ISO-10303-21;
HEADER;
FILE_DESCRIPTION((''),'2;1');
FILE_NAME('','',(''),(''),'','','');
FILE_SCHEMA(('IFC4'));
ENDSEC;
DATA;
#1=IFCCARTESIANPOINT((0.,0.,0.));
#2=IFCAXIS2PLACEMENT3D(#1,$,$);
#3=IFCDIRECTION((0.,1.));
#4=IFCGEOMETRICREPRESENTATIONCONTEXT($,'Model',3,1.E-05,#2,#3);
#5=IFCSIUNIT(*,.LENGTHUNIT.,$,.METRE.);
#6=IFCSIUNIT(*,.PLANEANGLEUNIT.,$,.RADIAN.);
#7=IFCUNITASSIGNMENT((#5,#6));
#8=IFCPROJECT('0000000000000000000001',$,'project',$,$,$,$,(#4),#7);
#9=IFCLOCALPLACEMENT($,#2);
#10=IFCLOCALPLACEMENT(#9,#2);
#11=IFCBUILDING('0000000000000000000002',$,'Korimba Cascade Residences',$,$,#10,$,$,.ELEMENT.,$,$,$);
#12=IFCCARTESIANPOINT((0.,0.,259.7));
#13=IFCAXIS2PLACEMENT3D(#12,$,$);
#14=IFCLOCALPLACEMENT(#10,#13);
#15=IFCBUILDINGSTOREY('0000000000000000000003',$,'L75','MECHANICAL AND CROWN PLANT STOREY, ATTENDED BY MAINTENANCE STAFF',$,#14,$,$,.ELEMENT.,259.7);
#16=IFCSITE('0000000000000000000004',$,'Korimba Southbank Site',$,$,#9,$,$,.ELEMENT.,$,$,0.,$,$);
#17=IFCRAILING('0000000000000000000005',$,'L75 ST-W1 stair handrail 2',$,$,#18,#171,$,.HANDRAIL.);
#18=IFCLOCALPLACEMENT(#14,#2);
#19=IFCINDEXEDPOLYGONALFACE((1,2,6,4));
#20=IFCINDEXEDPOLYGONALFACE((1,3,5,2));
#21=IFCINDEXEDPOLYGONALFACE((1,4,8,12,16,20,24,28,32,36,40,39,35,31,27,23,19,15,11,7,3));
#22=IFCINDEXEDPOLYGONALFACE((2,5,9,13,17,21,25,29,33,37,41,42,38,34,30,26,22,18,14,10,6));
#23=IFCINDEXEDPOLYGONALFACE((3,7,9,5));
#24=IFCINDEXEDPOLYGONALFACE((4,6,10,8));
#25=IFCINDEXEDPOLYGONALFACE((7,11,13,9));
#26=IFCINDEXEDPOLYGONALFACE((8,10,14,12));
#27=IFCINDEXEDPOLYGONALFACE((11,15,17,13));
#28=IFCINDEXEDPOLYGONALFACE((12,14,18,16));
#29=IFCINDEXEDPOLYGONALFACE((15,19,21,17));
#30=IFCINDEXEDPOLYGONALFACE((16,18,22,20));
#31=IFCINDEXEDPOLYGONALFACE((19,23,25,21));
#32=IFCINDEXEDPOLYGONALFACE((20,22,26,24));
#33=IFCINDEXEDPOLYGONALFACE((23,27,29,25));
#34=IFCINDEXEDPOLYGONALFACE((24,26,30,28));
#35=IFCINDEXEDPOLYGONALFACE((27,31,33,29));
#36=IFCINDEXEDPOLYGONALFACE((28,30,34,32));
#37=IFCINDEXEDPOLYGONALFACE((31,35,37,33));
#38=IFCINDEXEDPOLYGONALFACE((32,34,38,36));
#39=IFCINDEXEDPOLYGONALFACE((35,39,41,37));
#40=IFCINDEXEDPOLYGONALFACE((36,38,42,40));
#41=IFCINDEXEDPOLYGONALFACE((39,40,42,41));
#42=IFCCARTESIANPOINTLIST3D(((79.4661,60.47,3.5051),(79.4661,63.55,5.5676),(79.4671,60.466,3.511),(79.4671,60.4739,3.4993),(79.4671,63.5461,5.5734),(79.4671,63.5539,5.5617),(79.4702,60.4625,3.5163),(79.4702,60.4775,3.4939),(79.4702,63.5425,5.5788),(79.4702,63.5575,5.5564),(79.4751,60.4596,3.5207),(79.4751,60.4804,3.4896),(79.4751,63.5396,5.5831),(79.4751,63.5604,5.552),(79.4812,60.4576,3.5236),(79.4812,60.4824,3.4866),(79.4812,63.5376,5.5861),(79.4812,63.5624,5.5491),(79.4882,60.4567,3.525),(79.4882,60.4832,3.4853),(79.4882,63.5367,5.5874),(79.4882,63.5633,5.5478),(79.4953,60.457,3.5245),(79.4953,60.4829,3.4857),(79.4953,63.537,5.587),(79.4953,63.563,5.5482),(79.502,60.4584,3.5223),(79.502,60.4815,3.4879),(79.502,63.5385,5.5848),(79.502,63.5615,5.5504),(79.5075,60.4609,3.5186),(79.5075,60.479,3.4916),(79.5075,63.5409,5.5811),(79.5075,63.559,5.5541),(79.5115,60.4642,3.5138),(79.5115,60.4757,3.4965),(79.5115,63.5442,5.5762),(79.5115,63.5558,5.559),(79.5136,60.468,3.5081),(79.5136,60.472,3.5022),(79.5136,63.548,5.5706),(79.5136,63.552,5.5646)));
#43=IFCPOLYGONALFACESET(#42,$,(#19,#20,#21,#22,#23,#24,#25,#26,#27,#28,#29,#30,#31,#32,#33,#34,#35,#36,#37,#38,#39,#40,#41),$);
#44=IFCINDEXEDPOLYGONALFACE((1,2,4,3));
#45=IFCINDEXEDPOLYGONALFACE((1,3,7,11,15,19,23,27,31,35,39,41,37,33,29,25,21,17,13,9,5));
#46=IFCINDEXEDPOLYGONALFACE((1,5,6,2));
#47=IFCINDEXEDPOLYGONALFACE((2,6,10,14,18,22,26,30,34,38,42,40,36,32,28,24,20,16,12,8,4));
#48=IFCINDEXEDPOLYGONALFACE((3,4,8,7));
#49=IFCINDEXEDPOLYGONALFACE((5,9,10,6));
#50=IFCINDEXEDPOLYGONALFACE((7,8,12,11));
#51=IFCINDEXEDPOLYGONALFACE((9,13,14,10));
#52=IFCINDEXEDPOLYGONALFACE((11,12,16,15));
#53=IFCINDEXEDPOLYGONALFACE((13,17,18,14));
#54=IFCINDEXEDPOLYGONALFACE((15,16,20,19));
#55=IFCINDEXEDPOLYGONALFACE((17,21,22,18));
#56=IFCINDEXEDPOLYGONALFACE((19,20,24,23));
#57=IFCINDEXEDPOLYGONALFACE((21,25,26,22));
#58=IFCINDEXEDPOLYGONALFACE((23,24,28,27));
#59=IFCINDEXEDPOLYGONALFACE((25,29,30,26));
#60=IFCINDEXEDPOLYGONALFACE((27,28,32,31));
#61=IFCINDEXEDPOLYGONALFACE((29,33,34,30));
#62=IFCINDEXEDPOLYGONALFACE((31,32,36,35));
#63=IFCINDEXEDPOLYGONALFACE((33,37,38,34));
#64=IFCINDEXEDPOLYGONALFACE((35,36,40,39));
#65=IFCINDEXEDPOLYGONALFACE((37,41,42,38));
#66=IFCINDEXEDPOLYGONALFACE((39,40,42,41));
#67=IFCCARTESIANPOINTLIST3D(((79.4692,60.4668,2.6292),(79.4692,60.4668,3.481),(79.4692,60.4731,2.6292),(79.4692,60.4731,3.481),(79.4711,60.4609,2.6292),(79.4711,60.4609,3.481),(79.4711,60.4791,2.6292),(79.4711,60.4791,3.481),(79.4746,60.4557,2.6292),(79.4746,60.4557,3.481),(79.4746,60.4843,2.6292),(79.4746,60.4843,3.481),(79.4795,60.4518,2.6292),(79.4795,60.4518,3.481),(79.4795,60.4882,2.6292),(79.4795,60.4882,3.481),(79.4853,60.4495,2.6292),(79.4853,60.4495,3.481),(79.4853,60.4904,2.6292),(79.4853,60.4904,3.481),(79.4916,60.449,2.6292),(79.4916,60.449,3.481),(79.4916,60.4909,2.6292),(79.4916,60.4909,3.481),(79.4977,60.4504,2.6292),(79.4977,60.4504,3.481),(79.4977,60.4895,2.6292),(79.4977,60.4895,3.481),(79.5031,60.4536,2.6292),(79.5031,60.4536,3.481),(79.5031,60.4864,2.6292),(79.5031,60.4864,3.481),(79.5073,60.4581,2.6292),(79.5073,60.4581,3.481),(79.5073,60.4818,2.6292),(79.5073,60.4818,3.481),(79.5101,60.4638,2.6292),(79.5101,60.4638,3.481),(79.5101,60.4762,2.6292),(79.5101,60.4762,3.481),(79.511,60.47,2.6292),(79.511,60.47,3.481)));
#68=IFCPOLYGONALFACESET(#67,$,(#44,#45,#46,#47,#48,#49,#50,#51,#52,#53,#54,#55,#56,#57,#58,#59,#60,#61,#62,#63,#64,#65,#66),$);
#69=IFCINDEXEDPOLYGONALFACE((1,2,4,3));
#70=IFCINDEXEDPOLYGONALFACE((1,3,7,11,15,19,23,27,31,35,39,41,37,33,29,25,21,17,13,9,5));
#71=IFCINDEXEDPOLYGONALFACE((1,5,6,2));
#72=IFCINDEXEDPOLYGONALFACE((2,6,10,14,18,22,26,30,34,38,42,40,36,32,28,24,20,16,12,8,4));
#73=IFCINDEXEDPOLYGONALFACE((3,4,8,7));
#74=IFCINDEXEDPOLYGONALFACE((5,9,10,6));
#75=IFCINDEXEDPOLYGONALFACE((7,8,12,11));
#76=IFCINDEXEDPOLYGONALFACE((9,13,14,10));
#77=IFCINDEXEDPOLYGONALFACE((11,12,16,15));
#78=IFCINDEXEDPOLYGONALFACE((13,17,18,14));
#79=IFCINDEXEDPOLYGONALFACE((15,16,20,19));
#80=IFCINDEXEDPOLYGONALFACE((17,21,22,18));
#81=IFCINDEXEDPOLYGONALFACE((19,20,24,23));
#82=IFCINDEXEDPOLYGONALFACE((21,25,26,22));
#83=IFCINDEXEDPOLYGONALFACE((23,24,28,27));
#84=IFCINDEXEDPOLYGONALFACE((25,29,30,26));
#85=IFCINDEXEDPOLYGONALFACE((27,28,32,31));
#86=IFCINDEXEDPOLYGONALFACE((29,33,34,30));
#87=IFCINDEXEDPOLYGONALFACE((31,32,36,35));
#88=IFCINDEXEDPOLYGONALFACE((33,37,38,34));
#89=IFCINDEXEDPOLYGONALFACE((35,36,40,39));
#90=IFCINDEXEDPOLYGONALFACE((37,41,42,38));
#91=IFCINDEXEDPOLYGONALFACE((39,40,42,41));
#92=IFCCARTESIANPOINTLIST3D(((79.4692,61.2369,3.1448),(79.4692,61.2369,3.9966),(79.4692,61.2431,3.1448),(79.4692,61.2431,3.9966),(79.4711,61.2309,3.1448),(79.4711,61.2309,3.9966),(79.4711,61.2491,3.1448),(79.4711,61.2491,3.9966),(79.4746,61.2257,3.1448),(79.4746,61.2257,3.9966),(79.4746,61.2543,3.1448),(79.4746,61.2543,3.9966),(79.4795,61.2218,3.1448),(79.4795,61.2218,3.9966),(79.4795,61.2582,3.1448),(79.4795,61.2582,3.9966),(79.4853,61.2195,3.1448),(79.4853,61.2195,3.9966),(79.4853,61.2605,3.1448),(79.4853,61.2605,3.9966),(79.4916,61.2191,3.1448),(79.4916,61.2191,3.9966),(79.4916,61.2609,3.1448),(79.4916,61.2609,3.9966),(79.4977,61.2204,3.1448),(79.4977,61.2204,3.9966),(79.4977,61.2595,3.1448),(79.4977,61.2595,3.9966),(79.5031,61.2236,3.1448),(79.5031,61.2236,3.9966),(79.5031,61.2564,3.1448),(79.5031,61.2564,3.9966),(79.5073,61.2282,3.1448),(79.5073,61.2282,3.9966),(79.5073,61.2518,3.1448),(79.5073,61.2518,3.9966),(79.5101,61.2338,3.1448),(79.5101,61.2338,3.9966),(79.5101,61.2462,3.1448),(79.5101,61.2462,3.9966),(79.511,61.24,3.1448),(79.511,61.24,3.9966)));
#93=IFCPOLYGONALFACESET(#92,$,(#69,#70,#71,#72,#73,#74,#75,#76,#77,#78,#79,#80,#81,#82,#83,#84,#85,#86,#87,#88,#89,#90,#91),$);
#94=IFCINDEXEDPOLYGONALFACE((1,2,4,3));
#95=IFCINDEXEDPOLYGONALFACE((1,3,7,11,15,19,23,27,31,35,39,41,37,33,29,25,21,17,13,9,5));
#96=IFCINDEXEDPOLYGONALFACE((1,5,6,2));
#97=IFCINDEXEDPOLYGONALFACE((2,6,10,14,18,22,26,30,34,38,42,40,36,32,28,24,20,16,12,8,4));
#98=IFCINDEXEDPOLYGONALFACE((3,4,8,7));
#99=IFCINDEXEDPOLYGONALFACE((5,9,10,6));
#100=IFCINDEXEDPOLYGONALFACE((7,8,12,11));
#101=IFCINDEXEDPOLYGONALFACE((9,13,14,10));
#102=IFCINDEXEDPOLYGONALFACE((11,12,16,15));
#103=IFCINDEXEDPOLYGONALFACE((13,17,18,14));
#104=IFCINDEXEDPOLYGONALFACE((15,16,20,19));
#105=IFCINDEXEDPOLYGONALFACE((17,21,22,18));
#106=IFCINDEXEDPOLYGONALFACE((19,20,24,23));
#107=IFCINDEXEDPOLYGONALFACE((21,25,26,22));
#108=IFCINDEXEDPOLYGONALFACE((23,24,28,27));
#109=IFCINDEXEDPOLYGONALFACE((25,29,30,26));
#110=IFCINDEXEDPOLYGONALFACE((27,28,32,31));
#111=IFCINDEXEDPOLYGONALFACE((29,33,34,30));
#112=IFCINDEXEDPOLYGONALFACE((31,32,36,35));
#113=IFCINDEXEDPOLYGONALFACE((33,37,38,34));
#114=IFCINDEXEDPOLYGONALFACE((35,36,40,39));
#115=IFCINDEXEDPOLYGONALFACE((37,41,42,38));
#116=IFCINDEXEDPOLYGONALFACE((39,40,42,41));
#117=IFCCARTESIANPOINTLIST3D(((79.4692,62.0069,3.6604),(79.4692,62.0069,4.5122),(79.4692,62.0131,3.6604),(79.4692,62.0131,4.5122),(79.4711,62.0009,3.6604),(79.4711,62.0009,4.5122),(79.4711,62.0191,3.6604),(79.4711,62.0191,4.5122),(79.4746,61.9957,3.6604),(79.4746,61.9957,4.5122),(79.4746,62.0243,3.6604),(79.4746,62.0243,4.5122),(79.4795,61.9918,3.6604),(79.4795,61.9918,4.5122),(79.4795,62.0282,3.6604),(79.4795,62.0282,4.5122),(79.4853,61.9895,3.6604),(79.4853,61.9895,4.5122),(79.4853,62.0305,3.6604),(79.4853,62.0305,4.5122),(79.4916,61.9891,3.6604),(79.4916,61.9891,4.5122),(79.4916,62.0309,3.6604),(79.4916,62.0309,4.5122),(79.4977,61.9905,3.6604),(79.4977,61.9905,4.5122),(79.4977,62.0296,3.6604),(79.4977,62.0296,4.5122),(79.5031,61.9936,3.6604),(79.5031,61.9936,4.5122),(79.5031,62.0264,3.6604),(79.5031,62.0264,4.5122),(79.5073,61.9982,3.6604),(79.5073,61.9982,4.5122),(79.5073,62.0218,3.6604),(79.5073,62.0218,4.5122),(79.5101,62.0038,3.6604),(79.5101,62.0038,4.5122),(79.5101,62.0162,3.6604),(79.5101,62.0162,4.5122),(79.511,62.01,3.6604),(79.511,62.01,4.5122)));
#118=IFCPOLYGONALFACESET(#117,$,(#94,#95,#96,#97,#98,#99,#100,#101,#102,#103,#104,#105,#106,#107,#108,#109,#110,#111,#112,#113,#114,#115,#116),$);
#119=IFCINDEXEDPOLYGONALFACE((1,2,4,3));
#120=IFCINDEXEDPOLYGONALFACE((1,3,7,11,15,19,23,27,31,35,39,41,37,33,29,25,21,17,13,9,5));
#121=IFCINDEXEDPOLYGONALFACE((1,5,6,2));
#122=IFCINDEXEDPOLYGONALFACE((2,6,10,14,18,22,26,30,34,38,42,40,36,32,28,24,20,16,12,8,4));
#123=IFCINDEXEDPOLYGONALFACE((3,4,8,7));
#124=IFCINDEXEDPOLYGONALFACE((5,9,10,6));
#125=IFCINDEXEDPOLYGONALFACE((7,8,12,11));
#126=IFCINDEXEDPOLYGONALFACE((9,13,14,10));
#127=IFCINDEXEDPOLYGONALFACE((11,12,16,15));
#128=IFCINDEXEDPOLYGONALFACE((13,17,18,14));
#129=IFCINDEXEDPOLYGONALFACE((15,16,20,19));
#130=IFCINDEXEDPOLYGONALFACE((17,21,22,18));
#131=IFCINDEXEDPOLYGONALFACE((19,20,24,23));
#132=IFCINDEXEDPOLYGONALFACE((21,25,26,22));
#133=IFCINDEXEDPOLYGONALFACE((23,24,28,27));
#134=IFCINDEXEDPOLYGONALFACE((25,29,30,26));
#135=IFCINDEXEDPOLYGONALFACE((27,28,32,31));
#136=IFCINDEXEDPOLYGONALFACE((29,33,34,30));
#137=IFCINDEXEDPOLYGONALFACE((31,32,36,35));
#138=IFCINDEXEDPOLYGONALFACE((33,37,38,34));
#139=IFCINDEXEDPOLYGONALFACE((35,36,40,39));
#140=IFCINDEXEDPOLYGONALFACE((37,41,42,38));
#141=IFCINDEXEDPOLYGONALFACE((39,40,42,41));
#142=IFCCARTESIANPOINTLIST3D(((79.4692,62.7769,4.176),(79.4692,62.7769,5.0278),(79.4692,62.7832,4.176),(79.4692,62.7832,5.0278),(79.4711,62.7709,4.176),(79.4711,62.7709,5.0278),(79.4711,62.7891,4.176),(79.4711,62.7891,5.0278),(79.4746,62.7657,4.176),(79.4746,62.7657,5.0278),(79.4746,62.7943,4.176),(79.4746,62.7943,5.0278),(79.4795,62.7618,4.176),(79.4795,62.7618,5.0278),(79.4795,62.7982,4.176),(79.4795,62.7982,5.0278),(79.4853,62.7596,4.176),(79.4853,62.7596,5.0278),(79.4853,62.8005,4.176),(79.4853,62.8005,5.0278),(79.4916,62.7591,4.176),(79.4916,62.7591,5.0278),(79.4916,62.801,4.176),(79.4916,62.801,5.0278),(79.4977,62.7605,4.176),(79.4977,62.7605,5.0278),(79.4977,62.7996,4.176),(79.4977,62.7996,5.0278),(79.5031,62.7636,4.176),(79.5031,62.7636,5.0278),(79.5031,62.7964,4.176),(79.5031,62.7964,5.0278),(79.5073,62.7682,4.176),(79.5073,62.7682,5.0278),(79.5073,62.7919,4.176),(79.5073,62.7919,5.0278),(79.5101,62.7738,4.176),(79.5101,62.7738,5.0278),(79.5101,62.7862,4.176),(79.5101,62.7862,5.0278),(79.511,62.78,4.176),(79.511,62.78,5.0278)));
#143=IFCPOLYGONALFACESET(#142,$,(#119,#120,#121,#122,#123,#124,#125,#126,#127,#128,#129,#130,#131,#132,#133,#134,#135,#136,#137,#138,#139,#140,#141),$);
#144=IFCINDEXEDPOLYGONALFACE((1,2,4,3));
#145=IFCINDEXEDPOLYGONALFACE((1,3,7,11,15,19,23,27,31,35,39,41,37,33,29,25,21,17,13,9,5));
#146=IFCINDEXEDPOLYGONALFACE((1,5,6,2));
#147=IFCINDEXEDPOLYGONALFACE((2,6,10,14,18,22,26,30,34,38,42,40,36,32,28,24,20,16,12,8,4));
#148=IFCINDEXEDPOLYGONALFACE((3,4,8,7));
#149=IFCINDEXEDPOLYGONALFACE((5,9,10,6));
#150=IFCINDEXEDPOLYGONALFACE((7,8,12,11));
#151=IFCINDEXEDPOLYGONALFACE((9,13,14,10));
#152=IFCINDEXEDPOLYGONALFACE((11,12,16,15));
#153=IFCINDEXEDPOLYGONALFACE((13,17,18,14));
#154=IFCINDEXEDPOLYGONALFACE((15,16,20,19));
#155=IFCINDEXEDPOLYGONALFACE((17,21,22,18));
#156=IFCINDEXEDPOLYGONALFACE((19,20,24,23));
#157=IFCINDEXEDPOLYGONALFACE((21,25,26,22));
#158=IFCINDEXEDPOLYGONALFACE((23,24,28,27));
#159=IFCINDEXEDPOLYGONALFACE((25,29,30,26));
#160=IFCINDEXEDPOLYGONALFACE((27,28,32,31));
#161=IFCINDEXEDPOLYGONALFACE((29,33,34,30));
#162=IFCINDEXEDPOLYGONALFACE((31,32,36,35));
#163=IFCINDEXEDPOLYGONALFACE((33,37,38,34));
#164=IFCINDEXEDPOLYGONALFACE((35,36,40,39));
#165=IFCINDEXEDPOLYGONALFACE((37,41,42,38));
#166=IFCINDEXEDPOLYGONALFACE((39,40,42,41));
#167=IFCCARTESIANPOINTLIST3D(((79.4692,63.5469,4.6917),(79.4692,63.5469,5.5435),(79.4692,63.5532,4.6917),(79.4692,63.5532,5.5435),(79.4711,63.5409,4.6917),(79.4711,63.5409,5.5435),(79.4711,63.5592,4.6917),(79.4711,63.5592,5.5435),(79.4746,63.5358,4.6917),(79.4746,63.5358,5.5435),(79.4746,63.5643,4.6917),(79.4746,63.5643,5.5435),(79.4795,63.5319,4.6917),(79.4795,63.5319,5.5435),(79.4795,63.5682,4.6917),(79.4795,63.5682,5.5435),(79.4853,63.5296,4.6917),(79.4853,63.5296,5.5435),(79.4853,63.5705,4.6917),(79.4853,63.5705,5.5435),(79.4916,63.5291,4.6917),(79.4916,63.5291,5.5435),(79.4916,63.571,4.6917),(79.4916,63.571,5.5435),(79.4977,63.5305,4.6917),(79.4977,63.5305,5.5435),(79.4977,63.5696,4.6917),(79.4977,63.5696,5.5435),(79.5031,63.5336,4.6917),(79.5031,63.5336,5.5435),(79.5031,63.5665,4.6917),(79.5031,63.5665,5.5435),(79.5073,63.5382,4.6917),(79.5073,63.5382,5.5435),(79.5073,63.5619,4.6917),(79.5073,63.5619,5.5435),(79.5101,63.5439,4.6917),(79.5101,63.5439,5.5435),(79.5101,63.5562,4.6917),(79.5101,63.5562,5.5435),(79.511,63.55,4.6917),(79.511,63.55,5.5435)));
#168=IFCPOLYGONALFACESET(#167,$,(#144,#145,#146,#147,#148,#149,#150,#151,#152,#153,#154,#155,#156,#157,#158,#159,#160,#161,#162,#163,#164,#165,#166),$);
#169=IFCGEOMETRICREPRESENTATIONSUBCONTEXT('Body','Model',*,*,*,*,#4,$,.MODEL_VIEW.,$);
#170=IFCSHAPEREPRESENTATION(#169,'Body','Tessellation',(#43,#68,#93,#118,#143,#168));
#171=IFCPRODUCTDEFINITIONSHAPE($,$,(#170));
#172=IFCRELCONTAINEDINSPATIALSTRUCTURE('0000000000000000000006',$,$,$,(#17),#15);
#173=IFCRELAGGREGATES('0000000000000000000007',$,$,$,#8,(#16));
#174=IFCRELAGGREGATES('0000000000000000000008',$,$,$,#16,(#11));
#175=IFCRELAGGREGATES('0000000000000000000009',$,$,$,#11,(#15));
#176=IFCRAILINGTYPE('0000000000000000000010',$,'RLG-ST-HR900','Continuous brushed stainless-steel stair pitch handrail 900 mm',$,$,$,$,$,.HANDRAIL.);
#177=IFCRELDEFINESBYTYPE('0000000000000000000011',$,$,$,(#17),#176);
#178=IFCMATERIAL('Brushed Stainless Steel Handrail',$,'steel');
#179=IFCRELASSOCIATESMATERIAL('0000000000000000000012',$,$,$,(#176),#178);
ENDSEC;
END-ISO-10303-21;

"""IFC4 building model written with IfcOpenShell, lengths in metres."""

from ifc_helpers import new_model, si_unit, direction, frame, origin, origin_2d, place, context, subcontext, project, spatial, circle, extrude, material, type_object, element, save


model = new_model("IFC4")

# Units and contexts
model_context = context("Model", 3, precision=1e-05, world=origin(), true_north=direction((0.0, 1.0)))
body_context = subcontext(model_context, "Body", "Model", "MODEL_VIEW")
ifc_project = project(units=[si_unit("LENGTHUNIT", "METRE"), si_unit("PLANEANGLEUNIT", "RADIAN")], contexts=[model_context])

# Site, building, storey
site_placement = place(None, origin())
site = spatial("IfcSite", under=ifc_project, at=site_placement, Name="Korimba Southbank Site", CompositionType="ELEMENT", RefElevation=0.0)
building_placement = place(site_placement, origin())
building = spatial("IfcBuilding", under=site, at=building_placement, Name="Korimba Cascade Residences", CompositionType="ELEMENT")
storey_placement = place(building_placement, frame((0.0, 0.0, 259.7)))
storey = spatial("IfcBuildingStorey", under=building, at=storey_placement, Name="L75", Description="MECHANICAL AND CROWN PLANT STOREY, ATTENDED BY MAINTENANCE STAFF", CompositionType="ELEMENT", Elevation=259.7)

# Railing
ifc_material_1 = material(Name="Brushed Stainless Steel Handrail", Category="steel")
railing_type_1 = type_object("IfcRailingType", Name="RLG-ST-HR900", Description="Continuous brushed stainless-steel stair pitch handrail 900 mm", PredefinedType="HANDRAIL", material=ifc_material_1)
railing_1_placement = place(storey_placement, frame((79.49, 60.47, 2.6292)))
element("IfcRailing", 1, at=railing_1_placement, inside=storey, type_object=railing_type_1, Name="L75 ST-W1 stair handrail 2", PredefinedType="HANDRAIL", context=body_context, shape_type="SweptSolid", body=[
    extrude(circle(Radius=0.0239, at=origin_2d()), frame((0.0, 0.0, 0.876), z_axis=(0.0, 0.830914, 0.556401), x_axis=(-1.0, 0.0, 0.0)), (0.0, 0.0, 1.0), 3.7068),
    extrude(circle(Radius=0.021, at=origin_2d()), origin(), (0.0, 0.0, 1.0), 0.8518),
    extrude(circle(Radius=0.021, at=origin_2d()), frame((0.0, 0.77, 0.5156)), (0.0, 0.0, 1.0), 0.8518),
    extrude(circle(Radius=0.021, at=origin_2d()), frame((0.0, 1.54, 1.0312)), (0.0, 0.0, 1.0), 0.8518),
    extrude(circle(Radius=0.021, at=origin_2d()), frame((0.0, 2.3101, 1.5469)), (0.0, 0.0, 1.0), 0.8518),
    extrude(circle(Radius=0.021, at=origin_2d()), frame((0.0, 3.0801, 2.0625)), (0.0, 0.0, 1.0), 0.8518),
])

save(model, "model.ifc")
